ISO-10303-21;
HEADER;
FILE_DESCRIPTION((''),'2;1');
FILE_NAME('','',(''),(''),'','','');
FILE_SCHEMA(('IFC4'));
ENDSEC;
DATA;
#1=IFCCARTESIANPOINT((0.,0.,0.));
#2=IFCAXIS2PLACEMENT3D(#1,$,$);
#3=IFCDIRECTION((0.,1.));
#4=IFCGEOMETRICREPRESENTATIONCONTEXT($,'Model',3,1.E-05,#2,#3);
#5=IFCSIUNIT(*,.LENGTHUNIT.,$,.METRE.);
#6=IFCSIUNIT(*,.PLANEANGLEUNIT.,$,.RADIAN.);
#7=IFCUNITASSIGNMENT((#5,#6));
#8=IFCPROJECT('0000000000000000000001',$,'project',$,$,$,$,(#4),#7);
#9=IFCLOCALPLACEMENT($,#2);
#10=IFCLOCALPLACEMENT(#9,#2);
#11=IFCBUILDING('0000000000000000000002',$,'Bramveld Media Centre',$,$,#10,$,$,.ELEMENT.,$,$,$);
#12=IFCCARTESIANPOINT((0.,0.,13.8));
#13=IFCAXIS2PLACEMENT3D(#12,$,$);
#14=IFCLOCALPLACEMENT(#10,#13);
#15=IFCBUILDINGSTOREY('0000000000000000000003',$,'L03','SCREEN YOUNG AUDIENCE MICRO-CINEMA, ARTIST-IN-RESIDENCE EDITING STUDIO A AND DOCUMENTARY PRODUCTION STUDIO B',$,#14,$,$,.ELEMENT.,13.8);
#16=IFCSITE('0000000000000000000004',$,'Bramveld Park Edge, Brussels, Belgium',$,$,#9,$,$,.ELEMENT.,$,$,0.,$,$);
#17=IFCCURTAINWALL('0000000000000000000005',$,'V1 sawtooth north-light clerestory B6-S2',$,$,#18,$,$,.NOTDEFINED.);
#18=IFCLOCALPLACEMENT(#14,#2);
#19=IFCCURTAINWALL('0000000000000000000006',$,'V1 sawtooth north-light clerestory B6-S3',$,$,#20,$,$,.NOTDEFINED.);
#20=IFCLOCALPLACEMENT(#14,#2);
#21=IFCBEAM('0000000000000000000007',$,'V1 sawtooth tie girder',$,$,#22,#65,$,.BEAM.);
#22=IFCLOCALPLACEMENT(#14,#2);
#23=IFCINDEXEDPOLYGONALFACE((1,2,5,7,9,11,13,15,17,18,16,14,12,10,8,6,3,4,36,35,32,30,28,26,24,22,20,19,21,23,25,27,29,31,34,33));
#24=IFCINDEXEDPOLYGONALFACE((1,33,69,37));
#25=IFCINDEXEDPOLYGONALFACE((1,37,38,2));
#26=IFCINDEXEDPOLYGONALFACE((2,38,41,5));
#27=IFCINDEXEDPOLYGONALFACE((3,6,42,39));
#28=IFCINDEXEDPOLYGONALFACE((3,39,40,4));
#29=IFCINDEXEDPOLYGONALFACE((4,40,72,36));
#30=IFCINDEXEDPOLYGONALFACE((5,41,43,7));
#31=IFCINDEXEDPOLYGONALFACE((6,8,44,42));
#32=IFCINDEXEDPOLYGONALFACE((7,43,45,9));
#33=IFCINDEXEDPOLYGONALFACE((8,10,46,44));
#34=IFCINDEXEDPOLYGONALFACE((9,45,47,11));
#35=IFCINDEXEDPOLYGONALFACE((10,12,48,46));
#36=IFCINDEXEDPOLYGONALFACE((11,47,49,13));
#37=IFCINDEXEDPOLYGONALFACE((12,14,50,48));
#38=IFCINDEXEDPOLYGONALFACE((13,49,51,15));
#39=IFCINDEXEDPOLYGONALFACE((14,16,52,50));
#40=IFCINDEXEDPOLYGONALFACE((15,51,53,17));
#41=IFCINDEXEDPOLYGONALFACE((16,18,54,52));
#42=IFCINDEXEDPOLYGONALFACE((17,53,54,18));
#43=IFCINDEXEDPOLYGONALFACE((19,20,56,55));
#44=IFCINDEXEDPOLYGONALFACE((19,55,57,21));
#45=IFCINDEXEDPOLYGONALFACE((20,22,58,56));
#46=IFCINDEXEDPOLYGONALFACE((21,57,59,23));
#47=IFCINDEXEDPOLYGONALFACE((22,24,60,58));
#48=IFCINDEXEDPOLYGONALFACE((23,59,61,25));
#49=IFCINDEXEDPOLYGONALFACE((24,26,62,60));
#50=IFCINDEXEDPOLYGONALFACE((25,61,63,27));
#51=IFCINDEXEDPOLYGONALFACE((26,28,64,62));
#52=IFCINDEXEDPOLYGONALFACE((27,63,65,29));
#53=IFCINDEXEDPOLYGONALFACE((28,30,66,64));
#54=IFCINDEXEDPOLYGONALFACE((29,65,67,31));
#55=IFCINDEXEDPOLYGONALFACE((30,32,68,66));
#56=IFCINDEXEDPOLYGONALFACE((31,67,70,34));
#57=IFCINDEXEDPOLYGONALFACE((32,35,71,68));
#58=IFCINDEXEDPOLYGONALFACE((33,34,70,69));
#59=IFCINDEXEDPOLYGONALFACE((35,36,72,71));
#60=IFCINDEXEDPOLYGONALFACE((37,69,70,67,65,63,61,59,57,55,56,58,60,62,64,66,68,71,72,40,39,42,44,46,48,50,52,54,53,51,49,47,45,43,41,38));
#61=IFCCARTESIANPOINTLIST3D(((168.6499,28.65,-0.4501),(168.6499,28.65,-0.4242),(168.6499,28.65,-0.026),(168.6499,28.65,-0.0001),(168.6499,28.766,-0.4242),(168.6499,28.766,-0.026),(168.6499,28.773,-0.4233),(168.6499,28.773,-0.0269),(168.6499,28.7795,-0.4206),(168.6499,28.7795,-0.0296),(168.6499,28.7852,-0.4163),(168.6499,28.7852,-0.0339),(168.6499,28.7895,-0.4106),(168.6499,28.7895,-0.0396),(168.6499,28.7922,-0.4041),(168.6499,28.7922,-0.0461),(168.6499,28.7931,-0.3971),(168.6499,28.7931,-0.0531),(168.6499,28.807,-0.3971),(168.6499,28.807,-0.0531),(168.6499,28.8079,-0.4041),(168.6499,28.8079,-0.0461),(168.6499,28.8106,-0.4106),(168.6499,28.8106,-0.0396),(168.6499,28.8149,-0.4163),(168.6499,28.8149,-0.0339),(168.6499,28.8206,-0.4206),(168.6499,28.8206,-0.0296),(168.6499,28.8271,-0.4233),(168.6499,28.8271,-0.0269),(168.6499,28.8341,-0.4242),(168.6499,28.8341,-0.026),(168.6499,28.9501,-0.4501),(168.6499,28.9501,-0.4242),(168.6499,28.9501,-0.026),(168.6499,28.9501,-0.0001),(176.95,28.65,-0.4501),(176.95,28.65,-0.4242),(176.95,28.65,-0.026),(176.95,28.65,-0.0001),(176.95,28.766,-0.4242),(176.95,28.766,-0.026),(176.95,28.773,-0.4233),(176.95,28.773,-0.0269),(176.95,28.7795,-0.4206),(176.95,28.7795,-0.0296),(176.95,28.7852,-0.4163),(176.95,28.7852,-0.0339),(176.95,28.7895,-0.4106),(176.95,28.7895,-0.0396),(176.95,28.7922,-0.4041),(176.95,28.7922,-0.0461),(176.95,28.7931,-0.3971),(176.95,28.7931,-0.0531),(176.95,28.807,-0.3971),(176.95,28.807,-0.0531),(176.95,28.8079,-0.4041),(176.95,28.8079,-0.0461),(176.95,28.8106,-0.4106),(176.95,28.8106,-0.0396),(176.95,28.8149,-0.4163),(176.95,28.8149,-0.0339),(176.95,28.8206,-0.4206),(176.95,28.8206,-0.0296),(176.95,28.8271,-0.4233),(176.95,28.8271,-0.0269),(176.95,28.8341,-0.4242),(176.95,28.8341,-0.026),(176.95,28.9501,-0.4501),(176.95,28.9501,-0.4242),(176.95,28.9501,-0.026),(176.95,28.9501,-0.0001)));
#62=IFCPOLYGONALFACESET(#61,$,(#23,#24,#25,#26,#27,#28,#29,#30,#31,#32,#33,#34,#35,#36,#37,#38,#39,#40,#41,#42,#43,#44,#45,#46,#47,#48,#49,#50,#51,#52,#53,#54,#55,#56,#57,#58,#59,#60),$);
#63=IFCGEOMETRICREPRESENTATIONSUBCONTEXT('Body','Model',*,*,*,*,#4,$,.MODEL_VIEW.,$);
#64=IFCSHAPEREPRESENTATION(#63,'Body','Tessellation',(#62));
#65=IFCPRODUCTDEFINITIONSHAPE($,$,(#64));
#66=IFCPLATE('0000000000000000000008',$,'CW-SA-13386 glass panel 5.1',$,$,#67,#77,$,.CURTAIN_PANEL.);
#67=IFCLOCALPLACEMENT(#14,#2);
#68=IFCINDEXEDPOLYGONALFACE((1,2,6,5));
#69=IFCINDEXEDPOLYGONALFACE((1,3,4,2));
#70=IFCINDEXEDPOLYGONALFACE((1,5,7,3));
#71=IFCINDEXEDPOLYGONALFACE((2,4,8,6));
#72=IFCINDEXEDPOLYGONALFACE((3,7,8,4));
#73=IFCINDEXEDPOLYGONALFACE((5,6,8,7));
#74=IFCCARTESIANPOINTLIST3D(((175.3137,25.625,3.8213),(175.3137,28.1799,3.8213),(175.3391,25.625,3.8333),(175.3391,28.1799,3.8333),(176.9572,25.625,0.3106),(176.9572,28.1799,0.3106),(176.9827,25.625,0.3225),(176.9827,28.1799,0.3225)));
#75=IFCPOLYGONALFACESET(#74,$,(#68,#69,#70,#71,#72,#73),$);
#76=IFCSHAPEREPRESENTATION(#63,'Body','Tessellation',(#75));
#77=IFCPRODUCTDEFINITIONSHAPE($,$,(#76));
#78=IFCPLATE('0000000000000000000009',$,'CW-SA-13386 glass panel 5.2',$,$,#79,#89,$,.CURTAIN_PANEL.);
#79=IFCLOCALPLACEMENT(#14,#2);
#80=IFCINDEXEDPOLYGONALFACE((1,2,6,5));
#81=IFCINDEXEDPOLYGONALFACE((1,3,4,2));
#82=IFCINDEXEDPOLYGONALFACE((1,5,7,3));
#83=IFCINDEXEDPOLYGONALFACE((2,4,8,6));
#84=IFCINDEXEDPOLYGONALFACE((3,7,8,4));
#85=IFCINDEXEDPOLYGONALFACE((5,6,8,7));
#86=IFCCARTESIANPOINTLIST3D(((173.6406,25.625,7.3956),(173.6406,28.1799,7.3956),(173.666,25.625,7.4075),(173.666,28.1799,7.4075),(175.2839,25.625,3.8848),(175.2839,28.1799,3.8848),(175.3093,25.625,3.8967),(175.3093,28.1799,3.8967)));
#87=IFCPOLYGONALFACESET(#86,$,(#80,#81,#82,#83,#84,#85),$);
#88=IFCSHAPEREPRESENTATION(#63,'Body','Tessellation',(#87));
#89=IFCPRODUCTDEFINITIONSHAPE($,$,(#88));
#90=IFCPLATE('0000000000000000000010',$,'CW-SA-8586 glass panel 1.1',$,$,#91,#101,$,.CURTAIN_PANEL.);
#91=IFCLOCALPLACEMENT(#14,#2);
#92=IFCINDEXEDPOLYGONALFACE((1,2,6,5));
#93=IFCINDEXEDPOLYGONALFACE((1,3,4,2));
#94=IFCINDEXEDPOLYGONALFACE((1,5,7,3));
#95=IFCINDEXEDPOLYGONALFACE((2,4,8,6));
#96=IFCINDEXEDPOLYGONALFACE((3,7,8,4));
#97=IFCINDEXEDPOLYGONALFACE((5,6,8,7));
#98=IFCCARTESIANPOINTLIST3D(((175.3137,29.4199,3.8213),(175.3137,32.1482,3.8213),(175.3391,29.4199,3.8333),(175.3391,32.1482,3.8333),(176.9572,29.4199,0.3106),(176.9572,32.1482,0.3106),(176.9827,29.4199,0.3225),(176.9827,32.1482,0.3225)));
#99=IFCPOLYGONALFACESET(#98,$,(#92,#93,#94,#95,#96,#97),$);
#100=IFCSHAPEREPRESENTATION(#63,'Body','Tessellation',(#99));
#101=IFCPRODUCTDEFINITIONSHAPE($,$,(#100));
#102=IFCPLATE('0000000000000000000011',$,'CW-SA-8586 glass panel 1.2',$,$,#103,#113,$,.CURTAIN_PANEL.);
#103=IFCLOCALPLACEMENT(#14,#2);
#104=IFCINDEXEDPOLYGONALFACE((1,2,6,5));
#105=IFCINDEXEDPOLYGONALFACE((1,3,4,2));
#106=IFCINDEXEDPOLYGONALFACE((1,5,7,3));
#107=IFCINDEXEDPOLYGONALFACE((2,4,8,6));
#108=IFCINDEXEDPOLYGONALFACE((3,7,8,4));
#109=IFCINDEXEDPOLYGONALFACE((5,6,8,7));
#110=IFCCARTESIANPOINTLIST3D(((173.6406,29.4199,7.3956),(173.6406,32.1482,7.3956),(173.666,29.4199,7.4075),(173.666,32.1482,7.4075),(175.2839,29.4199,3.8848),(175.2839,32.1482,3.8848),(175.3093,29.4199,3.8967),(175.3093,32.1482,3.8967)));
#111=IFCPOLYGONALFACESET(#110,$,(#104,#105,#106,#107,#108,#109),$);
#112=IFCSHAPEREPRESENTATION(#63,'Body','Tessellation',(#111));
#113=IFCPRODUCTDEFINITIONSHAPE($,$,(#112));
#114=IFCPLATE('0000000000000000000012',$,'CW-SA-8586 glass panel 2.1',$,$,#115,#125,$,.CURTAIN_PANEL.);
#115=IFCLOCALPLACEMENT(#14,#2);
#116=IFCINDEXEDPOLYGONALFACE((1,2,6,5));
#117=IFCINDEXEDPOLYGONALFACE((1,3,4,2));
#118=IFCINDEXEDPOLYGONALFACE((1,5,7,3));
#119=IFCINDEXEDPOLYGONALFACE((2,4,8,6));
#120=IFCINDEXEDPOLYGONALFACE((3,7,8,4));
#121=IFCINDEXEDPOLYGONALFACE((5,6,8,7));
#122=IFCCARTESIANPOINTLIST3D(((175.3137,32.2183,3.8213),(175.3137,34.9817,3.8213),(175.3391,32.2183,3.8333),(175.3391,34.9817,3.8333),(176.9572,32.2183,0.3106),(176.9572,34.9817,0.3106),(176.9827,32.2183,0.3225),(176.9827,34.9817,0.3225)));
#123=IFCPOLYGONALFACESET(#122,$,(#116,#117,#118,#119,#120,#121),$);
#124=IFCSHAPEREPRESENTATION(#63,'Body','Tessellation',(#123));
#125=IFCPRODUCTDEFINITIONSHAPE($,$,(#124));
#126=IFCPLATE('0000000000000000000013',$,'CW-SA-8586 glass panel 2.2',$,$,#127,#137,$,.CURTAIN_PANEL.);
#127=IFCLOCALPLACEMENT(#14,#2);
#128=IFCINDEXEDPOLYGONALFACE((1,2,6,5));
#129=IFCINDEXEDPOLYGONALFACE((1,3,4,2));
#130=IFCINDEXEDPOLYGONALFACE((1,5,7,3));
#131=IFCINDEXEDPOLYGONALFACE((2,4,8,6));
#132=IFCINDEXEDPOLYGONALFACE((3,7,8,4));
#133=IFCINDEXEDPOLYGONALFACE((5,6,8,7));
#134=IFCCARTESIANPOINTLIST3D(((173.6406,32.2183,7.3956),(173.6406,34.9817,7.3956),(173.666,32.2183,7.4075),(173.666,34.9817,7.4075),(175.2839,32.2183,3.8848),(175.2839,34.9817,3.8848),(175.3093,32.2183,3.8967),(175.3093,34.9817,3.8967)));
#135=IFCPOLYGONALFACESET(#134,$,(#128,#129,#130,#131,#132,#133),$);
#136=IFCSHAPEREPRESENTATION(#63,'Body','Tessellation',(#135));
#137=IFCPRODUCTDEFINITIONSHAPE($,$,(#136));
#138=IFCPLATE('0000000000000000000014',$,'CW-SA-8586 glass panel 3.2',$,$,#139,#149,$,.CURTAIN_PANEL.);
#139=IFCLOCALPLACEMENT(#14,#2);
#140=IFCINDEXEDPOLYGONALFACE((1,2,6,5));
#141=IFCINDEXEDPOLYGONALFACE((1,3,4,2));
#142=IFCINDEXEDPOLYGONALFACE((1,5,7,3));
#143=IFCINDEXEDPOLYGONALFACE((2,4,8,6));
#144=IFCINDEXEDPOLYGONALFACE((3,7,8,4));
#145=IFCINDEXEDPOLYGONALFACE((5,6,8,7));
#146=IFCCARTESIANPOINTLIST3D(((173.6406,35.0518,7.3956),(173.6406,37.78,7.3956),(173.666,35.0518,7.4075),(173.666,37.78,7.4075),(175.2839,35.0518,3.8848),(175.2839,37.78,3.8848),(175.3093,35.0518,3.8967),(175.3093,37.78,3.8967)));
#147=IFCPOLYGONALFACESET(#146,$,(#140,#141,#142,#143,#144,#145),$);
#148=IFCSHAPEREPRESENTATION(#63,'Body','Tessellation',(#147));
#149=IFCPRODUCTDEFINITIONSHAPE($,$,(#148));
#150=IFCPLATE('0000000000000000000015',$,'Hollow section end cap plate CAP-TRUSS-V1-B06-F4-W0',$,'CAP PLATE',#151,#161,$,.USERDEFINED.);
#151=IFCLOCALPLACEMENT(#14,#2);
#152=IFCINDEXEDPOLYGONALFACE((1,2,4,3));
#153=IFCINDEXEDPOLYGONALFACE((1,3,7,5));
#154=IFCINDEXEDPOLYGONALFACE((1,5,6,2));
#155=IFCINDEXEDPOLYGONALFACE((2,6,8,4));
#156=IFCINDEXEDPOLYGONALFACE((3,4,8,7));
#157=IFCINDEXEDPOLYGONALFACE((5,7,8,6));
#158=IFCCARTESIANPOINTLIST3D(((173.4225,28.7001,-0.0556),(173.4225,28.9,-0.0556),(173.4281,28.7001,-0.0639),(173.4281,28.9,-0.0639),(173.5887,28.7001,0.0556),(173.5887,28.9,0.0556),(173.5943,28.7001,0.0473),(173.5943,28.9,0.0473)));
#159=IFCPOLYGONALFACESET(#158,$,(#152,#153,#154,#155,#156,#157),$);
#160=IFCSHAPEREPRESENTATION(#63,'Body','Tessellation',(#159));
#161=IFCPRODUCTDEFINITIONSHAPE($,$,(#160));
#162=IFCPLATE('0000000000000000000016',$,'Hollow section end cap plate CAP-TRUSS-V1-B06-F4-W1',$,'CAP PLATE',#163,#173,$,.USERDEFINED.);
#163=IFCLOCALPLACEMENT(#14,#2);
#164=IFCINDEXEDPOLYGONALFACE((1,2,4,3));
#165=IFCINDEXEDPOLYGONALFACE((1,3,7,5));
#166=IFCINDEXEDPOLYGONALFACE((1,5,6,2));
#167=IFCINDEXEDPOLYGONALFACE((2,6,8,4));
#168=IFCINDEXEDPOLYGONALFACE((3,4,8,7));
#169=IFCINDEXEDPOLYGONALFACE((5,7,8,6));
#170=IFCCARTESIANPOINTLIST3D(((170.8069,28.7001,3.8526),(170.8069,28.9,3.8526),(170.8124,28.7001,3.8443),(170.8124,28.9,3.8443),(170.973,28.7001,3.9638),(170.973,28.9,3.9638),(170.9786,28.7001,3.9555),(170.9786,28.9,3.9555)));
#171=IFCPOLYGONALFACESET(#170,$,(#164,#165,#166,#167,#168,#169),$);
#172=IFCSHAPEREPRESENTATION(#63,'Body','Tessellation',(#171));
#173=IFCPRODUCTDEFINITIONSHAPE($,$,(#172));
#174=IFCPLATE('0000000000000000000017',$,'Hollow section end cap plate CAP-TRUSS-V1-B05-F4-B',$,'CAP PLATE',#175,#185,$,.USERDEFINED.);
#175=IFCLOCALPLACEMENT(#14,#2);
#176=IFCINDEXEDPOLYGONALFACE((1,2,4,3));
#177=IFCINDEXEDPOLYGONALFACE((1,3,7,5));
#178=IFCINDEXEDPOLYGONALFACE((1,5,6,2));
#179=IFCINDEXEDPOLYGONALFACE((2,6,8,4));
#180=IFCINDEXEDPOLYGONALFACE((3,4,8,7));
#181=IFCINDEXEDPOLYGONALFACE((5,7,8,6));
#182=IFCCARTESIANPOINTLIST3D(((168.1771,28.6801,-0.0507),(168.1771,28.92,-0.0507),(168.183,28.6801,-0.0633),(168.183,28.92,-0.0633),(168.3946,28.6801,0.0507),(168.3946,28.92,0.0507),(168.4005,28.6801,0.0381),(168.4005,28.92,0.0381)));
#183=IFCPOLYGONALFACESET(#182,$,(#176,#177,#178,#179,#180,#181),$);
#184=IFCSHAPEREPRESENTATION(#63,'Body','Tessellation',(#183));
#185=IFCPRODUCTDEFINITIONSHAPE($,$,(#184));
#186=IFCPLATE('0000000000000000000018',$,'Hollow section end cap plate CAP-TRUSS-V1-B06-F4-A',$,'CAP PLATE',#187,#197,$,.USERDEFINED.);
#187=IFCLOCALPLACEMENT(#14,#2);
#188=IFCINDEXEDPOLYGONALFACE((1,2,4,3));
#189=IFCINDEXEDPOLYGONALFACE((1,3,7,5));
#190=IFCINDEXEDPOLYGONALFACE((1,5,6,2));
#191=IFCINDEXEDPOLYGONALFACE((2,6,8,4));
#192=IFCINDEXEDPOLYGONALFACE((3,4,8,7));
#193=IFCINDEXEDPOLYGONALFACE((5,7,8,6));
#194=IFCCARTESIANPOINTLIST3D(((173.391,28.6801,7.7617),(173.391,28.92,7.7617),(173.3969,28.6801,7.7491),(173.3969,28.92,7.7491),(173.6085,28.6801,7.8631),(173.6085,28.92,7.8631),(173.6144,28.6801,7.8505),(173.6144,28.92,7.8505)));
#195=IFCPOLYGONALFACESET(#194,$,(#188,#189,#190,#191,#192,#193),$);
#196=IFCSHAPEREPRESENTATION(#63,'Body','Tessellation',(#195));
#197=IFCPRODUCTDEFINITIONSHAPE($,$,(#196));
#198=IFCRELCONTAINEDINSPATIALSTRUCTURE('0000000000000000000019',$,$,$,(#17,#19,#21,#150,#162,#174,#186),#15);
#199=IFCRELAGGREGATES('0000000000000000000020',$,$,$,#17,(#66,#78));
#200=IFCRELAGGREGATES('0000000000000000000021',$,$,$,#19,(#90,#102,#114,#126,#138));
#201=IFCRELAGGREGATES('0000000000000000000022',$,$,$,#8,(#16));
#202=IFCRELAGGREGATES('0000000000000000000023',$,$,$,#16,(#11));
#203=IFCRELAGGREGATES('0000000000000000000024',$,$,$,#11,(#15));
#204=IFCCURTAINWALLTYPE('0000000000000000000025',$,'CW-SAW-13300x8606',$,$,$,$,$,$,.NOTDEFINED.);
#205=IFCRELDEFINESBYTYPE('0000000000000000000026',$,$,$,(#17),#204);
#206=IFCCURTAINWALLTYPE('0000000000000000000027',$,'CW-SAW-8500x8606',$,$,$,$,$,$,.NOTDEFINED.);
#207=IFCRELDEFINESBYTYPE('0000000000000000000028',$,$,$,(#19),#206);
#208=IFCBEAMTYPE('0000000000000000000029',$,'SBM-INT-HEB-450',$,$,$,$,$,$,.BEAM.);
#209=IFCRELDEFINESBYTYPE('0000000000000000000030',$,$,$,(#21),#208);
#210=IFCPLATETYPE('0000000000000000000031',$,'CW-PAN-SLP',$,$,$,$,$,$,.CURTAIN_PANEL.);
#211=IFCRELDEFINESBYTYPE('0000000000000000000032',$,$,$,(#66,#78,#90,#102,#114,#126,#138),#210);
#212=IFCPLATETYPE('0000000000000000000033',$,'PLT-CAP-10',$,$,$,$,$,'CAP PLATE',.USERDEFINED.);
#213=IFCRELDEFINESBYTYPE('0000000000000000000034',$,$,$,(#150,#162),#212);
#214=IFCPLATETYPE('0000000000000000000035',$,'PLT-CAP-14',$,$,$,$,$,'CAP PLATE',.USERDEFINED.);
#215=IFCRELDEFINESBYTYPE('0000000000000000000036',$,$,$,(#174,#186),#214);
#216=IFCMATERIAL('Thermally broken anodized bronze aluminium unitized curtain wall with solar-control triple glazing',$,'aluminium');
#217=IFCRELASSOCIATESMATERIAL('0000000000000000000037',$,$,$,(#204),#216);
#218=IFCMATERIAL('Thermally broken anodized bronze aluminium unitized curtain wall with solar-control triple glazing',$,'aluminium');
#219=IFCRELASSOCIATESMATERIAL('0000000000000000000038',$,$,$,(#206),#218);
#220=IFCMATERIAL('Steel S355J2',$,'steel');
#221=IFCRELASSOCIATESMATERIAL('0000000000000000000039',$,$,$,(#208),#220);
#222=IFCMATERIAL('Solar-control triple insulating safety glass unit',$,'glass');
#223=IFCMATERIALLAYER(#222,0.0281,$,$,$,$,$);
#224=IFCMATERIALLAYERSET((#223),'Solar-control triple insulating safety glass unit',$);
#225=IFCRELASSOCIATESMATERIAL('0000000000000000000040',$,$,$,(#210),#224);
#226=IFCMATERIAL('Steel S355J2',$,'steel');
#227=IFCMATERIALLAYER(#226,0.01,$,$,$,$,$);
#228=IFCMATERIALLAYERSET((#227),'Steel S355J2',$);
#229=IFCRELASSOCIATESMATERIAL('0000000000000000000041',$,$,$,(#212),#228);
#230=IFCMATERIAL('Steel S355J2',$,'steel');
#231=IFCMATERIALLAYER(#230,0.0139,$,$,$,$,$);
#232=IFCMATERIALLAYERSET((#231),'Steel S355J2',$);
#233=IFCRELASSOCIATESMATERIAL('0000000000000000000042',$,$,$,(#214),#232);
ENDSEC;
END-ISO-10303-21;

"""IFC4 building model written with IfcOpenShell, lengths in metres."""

from ifc_helpers import new_model, si_unit, direction, frame, origin, origin_2d, place, context, subcontext, project, spatial, polyline, rectangle, i_section, outline, extrude, material, layer, layer_set, material_profile, profile_set, type_object, element, aggregate, save


model = new_model("IFC4")

# Units and contexts
model_context = context("Model", 3, precision=1e-05, world=origin(), true_north=direction((0.0, 1.0)))
body_context = subcontext(model_context, "Body", "Model", "MODEL_VIEW")
ifc_project = project(units=[si_unit("LENGTHUNIT", "METRE"), si_unit("PLANEANGLEUNIT", "RADIAN")], contexts=[model_context])

# Site, building, storey
site_placement = place(None, origin())
site = spatial("IfcSite", under=ifc_project, at=site_placement, Name="Bramveld Park Edge, Brussels, Belgium", CompositionType="ELEMENT", RefElevation=0.0)
building_placement = place(site_placement, origin())
building = spatial("IfcBuilding", under=site, at=building_placement, Name="Bramveld Media Centre", CompositionType="ELEMENT")
storey_placement = place(building_placement, frame((0.0, 0.0, 13.8)))
storey = spatial("IfcBuildingStorey", under=building, at=storey_placement, Name="L03", Description="SCREEN YOUNG AUDIENCE MICRO-CINEMA, ARTIST-IN-RESIDENCE EDITING STUDIO A AND DOCUMENTARY PRODUCTION STUDIO B", CompositionType="ELEMENT", Elevation=13.8)

# Shared definitions
ifc_material_1 = material(Name="Thermally broken anodized bronze aluminium unitized curtain wall with solar-control triple glazing", Category="aluminium")
curtain_wall_type_1 = type_object("IfcCurtainWallType", Name="CW-SAW-13300x8606", PredefinedType="NOTDEFINED", material=ifc_material_1)

# Shared definitions
ifc_material_2 = material(Name="Thermally broken anodized bronze aluminium unitized curtain wall with solar-control triple glazing", Category="aluminium")
curtain_wall_type_2 = type_object("IfcCurtainWallType", Name="CW-SAW-8500x8606", PredefinedType="NOTDEFINED", material=ifc_material_2)

# Curtain wall
curtain_wall_1_placement = place(storey_placement, origin())
curtain_wall_1 = element("IfcCurtainWall", 1, at=curtain_wall_1_placement, inside=storey, type_object=curtain_wall_type_1, Name="V1 sawtooth north-light clerestory B6-S2", PredefinedType="NOTDEFINED")

# Curtain wall
curtain_wall_2_placement = place(storey_placement, origin())
curtain_wall_2 = element("IfcCurtainWall", 2, at=curtain_wall_2_placement, inside=storey, type_object=curtain_wall_type_2, Name="V1 sawtooth north-light clerestory B6-S3", PredefinedType="NOTDEFINED")

# Beam
ifc_material_3 = material(Name="Steel S355J2", Category="steel")
ifc_material_profile_1 = material_profile(ifc_material_3, i_section(OverallWidth=0.3, OverallDepth=0.45, WebThickness=0.0139, FlangeThickness=0.0259, FilletRadius=0.0271, at=origin_2d()), Name="HEB 450")
ifc_profile_set_1 = profile_set([ifc_material_profile_1], Name="Steel S355J2")
beam_type_1 = type_object("IfcBeamType", Name="SBM-INT-HEB-450", PredefinedType="BEAM", material=ifc_profile_set_1)
beam_1_placement = place(storey_placement, frame((168.6499, 28.8, -0.2251), z_axis=(1.0, 0.0, 0.0), x_axis=(0.0, 1.0, 0.0)))
element("IfcBeam", 3, at=beam_1_placement, inside=storey, type_object=beam_type_1, Name="V1 sawtooth tie girder", PredefinedType="BEAM", context=body_context, shape_type="SweptSolid", body=[
    extrude(i_section(OverallWidth=0.3, OverallDepth=0.45, WebThickness=0.0139, FlangeThickness=0.0259, FilletRadius=0.0271, at=origin_2d()), origin(), (0.0, 0.0, 1.0), 8.3),
])

# Plates
ifc_material_4 = material(Name="Solar-control triple insulating safety glass unit", Category="glass")
ifc_layer_1 = layer(ifc_material_4, 0.0281)
ifc_layer_set_1 = layer_set([ifc_layer_1], Name="Solar-control triple insulating safety glass unit")
plate_type_1 = type_object("IfcPlateType", Name="CW-PAN-SLP", PredefinedType="CURTAIN_PANEL", material=ifc_layer_set_1)
plate_1_placement = place(storey_placement, frame((176.9827, 25.625, 0.3225), z_axis=(0.905668, 0.0, 0.423988), x_axis=(0.0, 1.0, 0.0)))
plate_1 = element("IfcPlate", 4, at=plate_1_placement, type_object=plate_type_1, Name="CW-SA-13386 glass panel 5.1", PredefinedType="CURTAIN_PANEL", context=body_context, shape_type="SweptSolid", body=[
    extrude(outline(polyline([(0.0, 0.0), (2.5549, 0.0), (2.5549, 3.8764), (0.0, 3.8764), (0.0, 0.0)])), origin(), (0.0, 0.0, -1.0), 0.0281),
])
plate_2_placement = place(storey_placement, frame((175.3093, 25.625, 3.8967), z_axis=(0.905692, 0.0, 0.423937), x_axis=(0.0, 1.0, 0.0)))
plate_2 = element("IfcPlate", 5, at=plate_2_placement, type_object=plate_type_1, Name="CW-SA-13386 glass panel 5.2", PredefinedType="CURTAIN_PANEL", context=body_context, shape_type="SweptSolid", body=[
    extrude(outline(polyline([(0.0, 0.0), (2.5549, 0.0), (2.5549, 3.8763), (0.0, 3.8763), (0.0, 0.0)])), origin(), (0.0, 0.0, -1.0), 0.0281),
])
aggregate(curtain_wall_1, [plate_1, plate_2])
plate_3_placement = place(storey_placement, frame((176.9827, 29.4199, 0.3225), z_axis=(0.905668, 0.0, 0.423988), x_axis=(0.0, 1.0, 0.0)))
plate_3 = element("IfcPlate", 6, at=plate_3_placement, type_object=plate_type_1, Name="CW-SA-8586 glass panel 1.1", PredefinedType="CURTAIN_PANEL", context=body_context, shape_type="SweptSolid", body=[
    extrude(outline(polyline([(0.0, 0.0), (2.7283, 0.0), (2.7283, 3.8764), (0.0, 3.8764), (0.0, 0.0)])), origin(), (0.0, 0.0, -1.0), 0.0281),
])
plate_4_placement = place(storey_placement, frame((175.3093, 29.4199, 3.8967), z_axis=(0.905692, 0.0, 0.423937), x_axis=(0.0, 1.0, 0.0)))
plate_4 = element("IfcPlate", 7, at=plate_4_placement, type_object=plate_type_1, Name="CW-SA-8586 glass panel 1.2", PredefinedType="CURTAIN_PANEL", context=body_context, shape_type="SweptSolid", body=[
    extrude(outline(polyline([(0.0, 0.0), (2.7283, 0.0), (2.7283, 3.8763), (0.0, 3.8763), (0.0, 0.0)])), origin(), (0.0, 0.0, -1.0), 0.0281),
])
plate_5_placement = place(storey_placement, frame((176.9827, 32.2183, 0.3225), z_axis=(0.905668, 0.0, 0.423988), x_axis=(0.0, 1.0, 0.0)))
plate_5 = element("IfcPlate", 8, at=plate_5_placement, type_object=plate_type_1, Name="CW-SA-8586 glass panel 2.1", PredefinedType="CURTAIN_PANEL", context=body_context, shape_type="SweptSolid", body=[
    extrude(outline(polyline([(0.0, 0.0), (2.7634, 0.0), (2.7634, 3.8764), (0.0, 3.8764), (0.0, 0.0)])), origin(), (0.0, 0.0, -1.0), 0.0281),
])
plate_6_placement = place(storey_placement, frame((175.3093, 32.2183, 3.8967), z_axis=(0.905692, 0.0, 0.423937), x_axis=(0.0, 1.0, 0.0)))
plate_6 = element("IfcPlate", 9, at=plate_6_placement, type_object=plate_type_1, Name="CW-SA-8586 glass panel 2.2", PredefinedType="CURTAIN_PANEL", context=body_context, shape_type="SweptSolid", body=[
    extrude(outline(polyline([(0.0, 0.0), (2.7634, 0.0), (2.7634, 3.8763), (0.0, 3.8763), (0.0, 0.0)])), origin(), (0.0, 0.0, -1.0), 0.0281),
])
plate_7_placement = place(storey_placement, frame((175.3093, 35.0518, 3.8967), z_axis=(0.905692, 0.0, 0.423937), x_axis=(0.0, 1.0, 0.0)))
plate_7 = element("IfcPlate", 10, at=plate_7_placement, type_object=plate_type_1, Name="CW-SA-8586 glass panel 3.2", PredefinedType="CURTAIN_PANEL", context=body_context, shape_type="SweptSolid", body=[
    extrude(outline(polyline([(0.0, 0.0), (2.7283, 0.0), (2.7283, 3.8763), (0.0, 3.8763), (0.0, 0.0)])), origin(), (0.0, 0.0, -1.0), 0.0281),
])
aggregate(curtain_wall_2, [plate_3, plate_4, plate_5, plate_6, plate_7])

# Plates
ifc_material_5 = material(Name="Steel S355J2", Category="steel")
ifc_layer_2 = layer(ifc_material_5, 0.01)
ifc_layer_set_2 = layer_set([ifc_layer_2], Name="Steel S355J2")
plate_type_2 = type_object("IfcPlateType", Name="PLT-CAP-10", ElementType="CAP PLATE", PredefinedType="USERDEFINED", material=ifc_layer_set_2)
for number, where, z_axis, x_axis, name in (
    (11, (173.5056, 28.8, 0.0), (0.556175, 0.0, -0.831065), (0.0, 1.0, 0.0), "Hollow section end cap plate CAP-TRUSS-V1-B06-F4-W0"),
    (12, (170.8955, 28.8, 3.8999), (-0.556175, 0.0, 0.831065), (0.0, -1.0, 0.0), "Hollow section end cap plate CAP-TRUSS-V1-B06-F4-W1"),
):
    element("IfcPlate", number, at=place(storey_placement, frame(where, z_axis=z_axis, x_axis=x_axis)), inside=storey, type_object=plate_type_2, Name=name, ObjectType="CAP PLATE", PredefinedType="USERDEFINED", context=body_context, shape_type="SweptSolid", body=[
        extrude(rectangle(XDim=0.2, YDim=0.2, at=origin_2d()), origin(), (0.0, 0.0, 1.0), 0.01),
    ])
ifc_material_6 = material(Name="Steel S355J2", Category="steel")
ifc_layer_3 = layer(ifc_material_6, 0.0139)
ifc_layer_set_3 = layer_set([ifc_layer_3], Name="Steel S355J2")
plate_type_3 = type_object("IfcPlateType", Name="PLT-CAP-14", ElementType="CAP PLATE", PredefinedType="USERDEFINED", material=ifc_layer_set_3)
for number, where, z_axis, x_axis, name in (
    (13, (168.2859, 28.8, 0.0), (0.422618, 0.0, -0.906308), (0.0, 1.0, 0.0), "Hollow section end cap plate CAP-TRUSS-V1-B05-F4-B"),
    (14, (173.5056, 28.8, 7.7998), (-0.422628, 0.0, 0.906303), (0.0, -1.0, 0.0), "Hollow section end cap plate CAP-TRUSS-V1-B06-F4-A"),
):
    element("IfcPlate", number, at=place(storey_placement, frame(where, z_axis=z_axis, x_axis=x_axis)), inside=storey, type_object=plate_type_3, Name=name, ObjectType="CAP PLATE", PredefinedType="USERDEFINED", context=body_context, shape_type="SweptSolid", body=[
        extrude(rectangle(XDim=0.24, YDim=0.24, at=origin_2d()), origin(), (0.0, 0.0, 1.0), 0.0139),
    ])

save(model, "model.ifc")
